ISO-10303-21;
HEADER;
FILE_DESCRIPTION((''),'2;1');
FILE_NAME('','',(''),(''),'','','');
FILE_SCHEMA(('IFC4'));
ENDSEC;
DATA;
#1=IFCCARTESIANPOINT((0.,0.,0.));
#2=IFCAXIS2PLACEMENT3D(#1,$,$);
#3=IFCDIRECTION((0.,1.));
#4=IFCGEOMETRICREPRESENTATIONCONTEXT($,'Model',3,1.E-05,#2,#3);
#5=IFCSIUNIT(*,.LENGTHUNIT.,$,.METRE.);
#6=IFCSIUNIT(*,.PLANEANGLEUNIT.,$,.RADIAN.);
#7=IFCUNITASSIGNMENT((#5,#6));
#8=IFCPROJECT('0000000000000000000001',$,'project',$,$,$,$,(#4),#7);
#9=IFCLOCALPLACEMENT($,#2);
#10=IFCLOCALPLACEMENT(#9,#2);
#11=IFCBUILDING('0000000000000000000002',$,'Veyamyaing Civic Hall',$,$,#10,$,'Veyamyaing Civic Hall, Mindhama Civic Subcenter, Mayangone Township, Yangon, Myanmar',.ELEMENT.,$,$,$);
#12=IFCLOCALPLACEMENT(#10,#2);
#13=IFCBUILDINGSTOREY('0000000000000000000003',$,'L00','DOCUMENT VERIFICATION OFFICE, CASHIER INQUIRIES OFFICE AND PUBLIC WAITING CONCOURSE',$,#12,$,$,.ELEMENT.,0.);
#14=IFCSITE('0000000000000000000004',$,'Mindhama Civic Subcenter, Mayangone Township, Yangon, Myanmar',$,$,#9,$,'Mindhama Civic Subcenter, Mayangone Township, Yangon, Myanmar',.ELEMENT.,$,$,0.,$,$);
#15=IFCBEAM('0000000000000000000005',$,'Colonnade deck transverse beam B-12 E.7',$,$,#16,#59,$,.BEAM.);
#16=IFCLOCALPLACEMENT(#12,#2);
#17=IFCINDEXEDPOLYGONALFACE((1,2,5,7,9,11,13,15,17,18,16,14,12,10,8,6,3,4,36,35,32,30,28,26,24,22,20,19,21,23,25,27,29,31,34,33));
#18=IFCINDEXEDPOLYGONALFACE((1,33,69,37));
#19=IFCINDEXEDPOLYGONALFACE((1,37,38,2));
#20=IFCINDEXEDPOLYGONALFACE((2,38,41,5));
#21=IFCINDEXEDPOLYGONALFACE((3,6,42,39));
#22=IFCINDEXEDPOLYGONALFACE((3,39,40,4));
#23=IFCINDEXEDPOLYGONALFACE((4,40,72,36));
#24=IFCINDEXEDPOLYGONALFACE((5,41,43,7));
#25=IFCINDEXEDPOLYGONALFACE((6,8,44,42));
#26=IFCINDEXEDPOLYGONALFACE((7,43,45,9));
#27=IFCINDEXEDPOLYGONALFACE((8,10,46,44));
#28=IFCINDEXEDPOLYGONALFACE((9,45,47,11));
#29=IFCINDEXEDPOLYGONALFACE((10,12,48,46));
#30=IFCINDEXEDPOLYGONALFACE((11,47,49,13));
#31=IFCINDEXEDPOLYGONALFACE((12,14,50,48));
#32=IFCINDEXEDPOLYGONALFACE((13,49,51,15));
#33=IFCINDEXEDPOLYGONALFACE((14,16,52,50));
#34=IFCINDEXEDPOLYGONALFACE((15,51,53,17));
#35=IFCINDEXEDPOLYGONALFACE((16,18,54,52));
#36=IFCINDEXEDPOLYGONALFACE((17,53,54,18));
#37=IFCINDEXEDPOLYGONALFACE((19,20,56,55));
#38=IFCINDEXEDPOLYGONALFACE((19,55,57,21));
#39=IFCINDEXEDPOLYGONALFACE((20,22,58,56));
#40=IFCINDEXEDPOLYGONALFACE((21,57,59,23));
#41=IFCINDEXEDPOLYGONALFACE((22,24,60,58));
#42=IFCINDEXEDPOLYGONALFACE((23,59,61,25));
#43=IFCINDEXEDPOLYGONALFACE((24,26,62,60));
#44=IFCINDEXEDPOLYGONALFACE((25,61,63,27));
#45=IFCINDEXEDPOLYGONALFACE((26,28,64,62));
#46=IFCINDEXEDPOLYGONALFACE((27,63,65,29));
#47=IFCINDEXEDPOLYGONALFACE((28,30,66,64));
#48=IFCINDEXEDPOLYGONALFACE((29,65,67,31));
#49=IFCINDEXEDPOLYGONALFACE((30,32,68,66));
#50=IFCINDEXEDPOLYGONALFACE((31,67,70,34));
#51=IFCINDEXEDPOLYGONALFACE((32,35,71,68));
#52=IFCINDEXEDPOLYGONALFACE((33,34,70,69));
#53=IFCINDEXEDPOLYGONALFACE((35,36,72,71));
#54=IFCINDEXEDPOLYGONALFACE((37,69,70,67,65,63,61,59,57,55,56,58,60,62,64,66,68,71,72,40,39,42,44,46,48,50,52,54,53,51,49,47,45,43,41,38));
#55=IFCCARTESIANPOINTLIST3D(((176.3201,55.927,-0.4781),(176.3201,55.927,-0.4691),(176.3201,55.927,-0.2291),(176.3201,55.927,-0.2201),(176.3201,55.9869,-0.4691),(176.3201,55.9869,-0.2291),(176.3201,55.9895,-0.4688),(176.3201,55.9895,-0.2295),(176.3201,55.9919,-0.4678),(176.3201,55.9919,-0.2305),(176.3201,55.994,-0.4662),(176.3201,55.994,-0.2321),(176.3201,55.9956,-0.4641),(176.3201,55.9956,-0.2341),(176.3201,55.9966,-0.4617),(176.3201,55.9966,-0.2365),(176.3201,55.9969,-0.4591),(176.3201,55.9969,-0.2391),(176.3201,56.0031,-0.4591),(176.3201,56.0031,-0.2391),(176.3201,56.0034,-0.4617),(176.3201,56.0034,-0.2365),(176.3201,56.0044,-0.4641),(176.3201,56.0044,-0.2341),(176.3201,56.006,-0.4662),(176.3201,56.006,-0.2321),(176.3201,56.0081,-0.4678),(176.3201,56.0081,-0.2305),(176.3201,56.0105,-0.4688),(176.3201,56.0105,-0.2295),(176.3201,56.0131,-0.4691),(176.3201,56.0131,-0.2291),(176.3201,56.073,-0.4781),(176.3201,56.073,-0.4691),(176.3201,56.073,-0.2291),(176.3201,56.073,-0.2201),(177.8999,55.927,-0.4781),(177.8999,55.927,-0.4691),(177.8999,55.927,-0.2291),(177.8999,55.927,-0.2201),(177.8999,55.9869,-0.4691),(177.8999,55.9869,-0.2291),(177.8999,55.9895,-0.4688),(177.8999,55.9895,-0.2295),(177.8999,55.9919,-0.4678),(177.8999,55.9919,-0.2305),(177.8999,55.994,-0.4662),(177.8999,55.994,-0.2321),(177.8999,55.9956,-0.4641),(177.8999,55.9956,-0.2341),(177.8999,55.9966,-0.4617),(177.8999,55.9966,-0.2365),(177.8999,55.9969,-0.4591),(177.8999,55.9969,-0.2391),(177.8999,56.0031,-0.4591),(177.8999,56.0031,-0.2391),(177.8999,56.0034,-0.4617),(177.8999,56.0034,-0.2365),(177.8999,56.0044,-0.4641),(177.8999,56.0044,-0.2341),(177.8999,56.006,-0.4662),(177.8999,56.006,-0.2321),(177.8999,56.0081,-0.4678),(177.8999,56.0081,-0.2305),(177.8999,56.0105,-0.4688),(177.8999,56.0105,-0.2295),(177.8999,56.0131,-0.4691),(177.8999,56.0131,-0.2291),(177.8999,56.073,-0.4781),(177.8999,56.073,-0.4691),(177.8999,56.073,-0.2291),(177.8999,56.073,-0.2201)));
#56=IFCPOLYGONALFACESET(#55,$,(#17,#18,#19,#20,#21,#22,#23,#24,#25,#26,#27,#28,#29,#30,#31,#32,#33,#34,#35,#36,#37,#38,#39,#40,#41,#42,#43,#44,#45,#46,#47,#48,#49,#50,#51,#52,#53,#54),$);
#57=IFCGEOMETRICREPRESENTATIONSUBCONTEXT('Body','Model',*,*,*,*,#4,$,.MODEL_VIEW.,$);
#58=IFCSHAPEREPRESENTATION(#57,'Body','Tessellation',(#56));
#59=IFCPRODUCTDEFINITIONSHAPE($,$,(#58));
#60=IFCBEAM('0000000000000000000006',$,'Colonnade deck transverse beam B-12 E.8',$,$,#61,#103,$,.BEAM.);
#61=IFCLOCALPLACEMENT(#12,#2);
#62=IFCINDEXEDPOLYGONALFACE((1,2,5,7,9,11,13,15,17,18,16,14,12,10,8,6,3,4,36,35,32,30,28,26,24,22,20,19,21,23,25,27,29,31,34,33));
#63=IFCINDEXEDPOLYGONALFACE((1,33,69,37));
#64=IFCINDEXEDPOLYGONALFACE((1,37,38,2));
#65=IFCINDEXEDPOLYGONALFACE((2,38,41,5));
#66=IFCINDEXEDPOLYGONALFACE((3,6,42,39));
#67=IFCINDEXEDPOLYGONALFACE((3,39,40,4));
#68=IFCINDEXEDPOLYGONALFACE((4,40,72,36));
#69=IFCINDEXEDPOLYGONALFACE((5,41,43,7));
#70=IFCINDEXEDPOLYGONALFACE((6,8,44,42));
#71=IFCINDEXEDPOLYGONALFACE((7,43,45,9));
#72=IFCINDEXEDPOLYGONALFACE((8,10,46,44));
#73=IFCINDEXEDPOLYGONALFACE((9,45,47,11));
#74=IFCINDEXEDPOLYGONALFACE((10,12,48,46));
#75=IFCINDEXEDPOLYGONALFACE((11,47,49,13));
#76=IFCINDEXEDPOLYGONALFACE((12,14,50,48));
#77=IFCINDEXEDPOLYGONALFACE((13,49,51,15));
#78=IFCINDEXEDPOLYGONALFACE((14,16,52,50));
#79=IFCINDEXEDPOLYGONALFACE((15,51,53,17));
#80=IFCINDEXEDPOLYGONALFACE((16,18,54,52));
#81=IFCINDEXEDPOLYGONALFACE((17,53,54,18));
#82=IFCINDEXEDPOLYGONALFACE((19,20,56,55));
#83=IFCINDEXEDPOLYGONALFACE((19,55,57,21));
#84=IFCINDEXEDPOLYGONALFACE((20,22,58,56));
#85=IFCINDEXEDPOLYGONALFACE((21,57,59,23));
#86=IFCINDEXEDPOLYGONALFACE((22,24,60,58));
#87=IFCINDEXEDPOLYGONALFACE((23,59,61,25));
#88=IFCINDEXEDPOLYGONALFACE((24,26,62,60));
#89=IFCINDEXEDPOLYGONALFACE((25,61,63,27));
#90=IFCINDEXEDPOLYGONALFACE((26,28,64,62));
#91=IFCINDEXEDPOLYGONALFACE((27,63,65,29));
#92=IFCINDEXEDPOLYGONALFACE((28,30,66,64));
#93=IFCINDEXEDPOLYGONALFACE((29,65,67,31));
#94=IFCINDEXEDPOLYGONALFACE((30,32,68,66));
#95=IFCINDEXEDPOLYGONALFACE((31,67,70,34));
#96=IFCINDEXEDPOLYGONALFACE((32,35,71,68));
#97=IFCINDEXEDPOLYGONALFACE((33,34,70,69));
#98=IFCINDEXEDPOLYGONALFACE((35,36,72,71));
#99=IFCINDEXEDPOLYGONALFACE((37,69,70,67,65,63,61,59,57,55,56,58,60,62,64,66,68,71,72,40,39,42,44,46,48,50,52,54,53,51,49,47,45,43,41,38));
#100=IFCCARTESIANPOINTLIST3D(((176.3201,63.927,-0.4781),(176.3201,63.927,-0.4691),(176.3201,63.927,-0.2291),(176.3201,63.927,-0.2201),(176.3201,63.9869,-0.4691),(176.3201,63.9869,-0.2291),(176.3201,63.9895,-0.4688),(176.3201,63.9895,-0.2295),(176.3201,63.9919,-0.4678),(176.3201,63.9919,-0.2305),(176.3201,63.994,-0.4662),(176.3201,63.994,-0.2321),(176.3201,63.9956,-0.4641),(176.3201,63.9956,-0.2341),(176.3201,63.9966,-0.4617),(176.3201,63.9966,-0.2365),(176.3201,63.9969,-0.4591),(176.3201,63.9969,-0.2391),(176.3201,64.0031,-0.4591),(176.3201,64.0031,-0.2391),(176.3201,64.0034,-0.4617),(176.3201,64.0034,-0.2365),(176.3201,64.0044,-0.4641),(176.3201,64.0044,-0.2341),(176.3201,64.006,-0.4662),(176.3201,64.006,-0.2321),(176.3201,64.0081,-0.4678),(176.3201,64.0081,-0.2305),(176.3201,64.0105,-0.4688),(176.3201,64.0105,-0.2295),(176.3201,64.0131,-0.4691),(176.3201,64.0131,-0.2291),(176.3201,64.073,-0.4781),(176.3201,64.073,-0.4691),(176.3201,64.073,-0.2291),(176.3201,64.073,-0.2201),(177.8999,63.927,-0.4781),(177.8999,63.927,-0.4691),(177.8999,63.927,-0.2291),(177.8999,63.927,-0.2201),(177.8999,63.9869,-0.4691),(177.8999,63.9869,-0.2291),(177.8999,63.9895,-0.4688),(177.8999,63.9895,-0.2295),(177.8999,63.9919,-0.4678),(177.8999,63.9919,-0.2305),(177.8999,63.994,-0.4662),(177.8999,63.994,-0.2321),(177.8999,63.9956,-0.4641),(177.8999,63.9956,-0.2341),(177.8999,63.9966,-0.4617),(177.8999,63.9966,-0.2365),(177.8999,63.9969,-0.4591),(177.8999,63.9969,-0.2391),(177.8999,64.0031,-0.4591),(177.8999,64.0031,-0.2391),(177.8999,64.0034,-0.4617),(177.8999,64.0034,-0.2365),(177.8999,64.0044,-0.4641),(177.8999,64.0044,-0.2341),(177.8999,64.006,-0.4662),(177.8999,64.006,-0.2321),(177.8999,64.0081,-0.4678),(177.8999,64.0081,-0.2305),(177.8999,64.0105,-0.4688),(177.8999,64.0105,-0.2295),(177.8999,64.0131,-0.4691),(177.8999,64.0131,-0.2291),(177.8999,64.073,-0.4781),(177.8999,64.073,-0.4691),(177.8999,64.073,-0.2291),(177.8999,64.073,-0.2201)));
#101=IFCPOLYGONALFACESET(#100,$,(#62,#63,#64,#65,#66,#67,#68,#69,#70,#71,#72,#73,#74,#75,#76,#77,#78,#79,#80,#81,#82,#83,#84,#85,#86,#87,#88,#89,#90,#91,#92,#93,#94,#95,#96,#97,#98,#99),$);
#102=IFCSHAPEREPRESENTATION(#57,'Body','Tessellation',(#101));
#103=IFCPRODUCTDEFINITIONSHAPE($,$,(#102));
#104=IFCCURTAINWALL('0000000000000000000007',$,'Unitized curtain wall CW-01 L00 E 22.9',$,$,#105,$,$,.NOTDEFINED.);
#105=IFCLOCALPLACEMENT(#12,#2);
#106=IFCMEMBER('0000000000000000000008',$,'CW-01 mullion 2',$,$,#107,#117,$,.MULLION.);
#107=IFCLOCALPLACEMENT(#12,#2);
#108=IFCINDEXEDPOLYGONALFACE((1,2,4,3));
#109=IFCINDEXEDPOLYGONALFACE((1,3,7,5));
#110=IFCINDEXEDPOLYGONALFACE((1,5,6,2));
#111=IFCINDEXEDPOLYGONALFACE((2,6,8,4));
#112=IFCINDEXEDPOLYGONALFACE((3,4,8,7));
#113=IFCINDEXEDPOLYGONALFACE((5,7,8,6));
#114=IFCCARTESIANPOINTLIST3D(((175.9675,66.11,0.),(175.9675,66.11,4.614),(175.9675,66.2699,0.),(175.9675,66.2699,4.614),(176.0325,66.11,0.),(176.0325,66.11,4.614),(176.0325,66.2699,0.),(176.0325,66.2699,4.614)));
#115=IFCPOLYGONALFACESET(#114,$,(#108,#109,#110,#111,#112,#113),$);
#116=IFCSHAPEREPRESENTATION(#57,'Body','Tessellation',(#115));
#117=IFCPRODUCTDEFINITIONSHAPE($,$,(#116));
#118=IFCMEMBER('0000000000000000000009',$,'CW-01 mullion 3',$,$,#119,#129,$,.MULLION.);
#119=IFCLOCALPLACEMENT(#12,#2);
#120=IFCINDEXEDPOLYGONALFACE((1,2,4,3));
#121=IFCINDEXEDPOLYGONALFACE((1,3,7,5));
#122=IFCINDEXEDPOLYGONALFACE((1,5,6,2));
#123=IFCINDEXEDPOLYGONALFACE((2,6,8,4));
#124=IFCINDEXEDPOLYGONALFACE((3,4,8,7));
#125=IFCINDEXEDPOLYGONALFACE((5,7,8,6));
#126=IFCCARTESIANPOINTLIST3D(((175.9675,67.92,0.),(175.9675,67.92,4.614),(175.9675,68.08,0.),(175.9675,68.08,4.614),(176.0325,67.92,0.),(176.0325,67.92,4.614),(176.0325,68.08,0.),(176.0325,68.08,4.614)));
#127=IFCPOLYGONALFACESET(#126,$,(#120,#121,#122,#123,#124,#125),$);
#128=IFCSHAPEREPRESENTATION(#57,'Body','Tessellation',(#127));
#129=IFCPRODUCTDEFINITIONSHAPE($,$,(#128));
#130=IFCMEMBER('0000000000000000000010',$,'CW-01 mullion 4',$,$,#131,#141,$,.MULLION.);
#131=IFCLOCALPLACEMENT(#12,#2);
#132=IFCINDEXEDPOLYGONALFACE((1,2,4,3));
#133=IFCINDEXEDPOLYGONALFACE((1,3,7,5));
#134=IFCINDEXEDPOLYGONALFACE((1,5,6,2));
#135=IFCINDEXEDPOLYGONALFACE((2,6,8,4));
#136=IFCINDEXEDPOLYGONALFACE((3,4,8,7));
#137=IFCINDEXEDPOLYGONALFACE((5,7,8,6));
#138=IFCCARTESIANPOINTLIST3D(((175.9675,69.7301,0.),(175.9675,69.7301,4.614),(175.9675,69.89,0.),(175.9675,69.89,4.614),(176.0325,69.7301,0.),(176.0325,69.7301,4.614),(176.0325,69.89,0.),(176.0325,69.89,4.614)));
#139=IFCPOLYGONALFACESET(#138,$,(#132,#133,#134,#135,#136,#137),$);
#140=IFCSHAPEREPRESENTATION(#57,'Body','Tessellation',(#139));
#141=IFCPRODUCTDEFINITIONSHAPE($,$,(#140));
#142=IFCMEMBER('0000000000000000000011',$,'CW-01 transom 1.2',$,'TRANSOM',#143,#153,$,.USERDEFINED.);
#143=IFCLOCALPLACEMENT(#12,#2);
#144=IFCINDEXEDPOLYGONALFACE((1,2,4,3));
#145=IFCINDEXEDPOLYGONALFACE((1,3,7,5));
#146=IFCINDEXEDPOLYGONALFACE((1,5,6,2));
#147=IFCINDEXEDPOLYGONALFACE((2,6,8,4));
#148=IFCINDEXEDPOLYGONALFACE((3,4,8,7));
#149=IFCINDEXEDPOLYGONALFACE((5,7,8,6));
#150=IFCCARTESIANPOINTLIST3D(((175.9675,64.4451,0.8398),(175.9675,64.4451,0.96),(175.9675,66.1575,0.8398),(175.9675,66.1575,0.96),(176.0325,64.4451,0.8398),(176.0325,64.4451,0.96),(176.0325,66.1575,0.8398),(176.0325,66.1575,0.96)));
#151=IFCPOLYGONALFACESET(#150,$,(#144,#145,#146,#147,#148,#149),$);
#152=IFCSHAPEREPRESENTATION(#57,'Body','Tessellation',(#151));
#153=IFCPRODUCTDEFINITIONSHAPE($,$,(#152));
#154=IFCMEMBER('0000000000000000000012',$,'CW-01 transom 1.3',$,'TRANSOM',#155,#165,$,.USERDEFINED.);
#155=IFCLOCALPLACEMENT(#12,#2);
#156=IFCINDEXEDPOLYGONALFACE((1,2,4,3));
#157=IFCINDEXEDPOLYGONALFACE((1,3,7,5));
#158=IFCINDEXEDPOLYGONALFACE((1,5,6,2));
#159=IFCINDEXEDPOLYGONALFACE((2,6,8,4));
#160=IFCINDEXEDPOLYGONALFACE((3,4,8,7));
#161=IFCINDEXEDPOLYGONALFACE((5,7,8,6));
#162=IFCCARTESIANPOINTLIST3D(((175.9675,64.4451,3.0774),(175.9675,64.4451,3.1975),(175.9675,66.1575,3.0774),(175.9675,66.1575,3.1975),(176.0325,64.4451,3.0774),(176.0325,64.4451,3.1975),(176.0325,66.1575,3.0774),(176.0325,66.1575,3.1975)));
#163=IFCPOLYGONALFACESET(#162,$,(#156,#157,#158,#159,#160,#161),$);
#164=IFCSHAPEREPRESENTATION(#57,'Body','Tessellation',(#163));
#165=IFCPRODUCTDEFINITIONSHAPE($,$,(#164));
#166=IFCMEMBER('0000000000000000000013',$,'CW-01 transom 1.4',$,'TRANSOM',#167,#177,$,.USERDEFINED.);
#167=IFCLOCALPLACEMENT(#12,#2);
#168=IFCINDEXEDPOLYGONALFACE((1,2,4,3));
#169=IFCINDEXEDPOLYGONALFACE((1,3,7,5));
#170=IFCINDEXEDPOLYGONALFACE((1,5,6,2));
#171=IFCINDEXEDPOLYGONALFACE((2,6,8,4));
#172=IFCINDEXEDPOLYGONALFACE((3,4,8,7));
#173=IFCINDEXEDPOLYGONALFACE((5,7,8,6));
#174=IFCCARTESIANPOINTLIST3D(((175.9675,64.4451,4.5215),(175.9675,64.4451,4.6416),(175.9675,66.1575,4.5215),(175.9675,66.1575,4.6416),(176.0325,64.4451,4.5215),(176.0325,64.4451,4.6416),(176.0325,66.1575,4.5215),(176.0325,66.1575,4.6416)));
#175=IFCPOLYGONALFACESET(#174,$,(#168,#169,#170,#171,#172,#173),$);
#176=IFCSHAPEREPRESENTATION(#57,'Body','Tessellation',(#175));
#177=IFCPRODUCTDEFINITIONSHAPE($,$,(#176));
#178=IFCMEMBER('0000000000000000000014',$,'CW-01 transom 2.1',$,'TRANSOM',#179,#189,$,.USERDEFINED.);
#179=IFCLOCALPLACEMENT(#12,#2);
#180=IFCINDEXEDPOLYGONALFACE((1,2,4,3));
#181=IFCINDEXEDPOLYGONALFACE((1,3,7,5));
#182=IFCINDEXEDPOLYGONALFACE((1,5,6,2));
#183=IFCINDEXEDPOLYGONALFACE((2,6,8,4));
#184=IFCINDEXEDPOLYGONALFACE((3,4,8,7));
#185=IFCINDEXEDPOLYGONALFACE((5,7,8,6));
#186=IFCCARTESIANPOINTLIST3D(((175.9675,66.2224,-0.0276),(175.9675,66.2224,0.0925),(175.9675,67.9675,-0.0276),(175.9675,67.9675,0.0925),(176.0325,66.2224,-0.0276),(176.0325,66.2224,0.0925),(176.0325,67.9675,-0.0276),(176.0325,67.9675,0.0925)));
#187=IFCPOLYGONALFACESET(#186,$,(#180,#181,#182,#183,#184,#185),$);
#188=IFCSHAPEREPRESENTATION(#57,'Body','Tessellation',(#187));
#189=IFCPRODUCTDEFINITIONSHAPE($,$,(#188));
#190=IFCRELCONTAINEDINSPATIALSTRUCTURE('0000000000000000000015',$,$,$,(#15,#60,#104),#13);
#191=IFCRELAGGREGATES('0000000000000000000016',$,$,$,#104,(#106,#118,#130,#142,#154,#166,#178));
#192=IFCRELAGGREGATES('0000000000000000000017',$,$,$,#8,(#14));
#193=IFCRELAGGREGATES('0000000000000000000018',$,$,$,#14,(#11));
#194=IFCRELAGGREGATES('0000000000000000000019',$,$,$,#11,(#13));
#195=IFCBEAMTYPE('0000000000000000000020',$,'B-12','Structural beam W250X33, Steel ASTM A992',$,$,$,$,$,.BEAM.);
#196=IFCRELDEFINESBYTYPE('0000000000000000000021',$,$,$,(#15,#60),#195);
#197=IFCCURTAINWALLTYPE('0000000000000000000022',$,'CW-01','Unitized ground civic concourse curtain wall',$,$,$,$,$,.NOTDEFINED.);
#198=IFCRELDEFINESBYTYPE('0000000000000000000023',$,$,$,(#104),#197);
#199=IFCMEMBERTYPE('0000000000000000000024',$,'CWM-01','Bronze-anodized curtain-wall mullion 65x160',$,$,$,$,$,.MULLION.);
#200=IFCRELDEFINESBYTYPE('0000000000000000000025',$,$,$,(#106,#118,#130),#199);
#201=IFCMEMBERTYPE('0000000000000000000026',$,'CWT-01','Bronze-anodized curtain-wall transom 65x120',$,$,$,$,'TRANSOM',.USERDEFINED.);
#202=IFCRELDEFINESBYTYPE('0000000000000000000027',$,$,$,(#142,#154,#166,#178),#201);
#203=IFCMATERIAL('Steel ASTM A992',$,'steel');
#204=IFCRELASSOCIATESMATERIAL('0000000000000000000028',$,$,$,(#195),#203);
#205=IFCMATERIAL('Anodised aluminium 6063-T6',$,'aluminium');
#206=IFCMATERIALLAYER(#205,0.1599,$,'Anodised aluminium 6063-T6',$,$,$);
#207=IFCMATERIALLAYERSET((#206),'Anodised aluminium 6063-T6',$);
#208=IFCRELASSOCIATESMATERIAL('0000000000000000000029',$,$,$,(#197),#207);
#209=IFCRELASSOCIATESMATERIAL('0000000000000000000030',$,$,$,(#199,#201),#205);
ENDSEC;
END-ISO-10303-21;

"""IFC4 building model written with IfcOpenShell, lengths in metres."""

from ifc_helpers import new_model, si_unit, direction, frame, origin, origin_2d, place, context, subcontext, project, spatial, rectangle, i_section, extrude, material, layer, layer_set, material_profile, profile_set, type_object, element, aggregate, save


model = new_model("IFC4")

# Units and contexts
model_context = context("Model", 3, precision=1e-05, world=origin(), true_north=direction((0.0, 1.0)))
body_context = subcontext(model_context, "Body", "Model", "MODEL_VIEW")
ifc_project = project(units=[si_unit("LENGTHUNIT", "METRE"), si_unit("PLANEANGLEUNIT", "RADIAN")], contexts=[model_context])

# Site, building, storey
site_placement = place(None, origin())
site = spatial("IfcSite", under=ifc_project, at=site_placement, Name="Mindhama Civic Subcenter, Mayangone Township, Yangon, Myanmar", LongName="Mindhama Civic Subcenter, Mayangone Township, Yangon, Myanmar", CompositionType="ELEMENT", RefElevation=0.0)
building_placement = place(site_placement, origin())
building = spatial("IfcBuilding", under=site, at=building_placement, Name="Veyamyaing Civic Hall", LongName="Veyamyaing Civic Hall, Mindhama Civic Subcenter, Mayangone Township, Yangon, Myanmar", CompositionType="ELEMENT")
storey_placement = place(building_placement, origin())
storey = spatial("IfcBuildingStorey", under=building, at=storey_placement, Name="L00", Description="DOCUMENT VERIFICATION OFFICE, CASHIER INQUIRIES OFFICE AND PUBLIC WAITING CONCOURSE", CompositionType="ELEMENT", Elevation=0.0)

# Beams
ifc_material_1 = material(Name="Steel ASTM A992", Category="steel")
ifc_material_profile_1 = material_profile(ifc_material_1, i_section(OverallWidth=0.146, OverallDepth=0.2581, WebThickness=0.0061, FlangeThickness=0.009, FilletRadius=0.01, at=origin_2d()), Name="W250X33")
ifc_profile_set_1 = profile_set([ifc_material_profile_1], Name="Steel ASTM A992")
beam_type = type_object("IfcBeamType", Name="B-12", Description="Structural beam W250X33, Steel ASTM A992", PredefinedType="BEAM", material=ifc_profile_set_1)
for number, where, z_axis, x_axis, name in (
    (1, (176.3201, 56.0, -0.3491), (1.0, 0.0, 0.0), (0.0, 1.0, 0.0), "Colonnade deck transverse beam B-12 E.7"),
    (2, (176.3201, 64.0, -0.3491), (1.0, 0.0, 0.0), (0.0, 1.0, 0.0), "Colonnade deck transverse beam B-12 E.8"),
):
    element("IfcBeam", number, at=place(storey_placement, frame(where, z_axis=z_axis, x_axis=x_axis)), inside=storey, type_object=beam_type, Name=name, PredefinedType="BEAM", context=body_context, shape_type="SweptSolid", body=[
        extrude(i_section(OverallWidth=0.146, OverallDepth=0.2581, WebThickness=0.0061, FlangeThickness=0.009, FilletRadius=0.01, at=origin_2d()), origin(), (0.0, 0.0, 1.0), 1.5798),
    ])

# Curtain wall, members
ifc_material_2 = material(Name="Anodised aluminium 6063-T6", Category="aluminium")
ifc_layer_1 = layer(ifc_material_2, 0.1599, Name="Anodised aluminium 6063-T6")
ifc_layer_set_1 = layer_set([ifc_layer_1], Name="Anodised aluminium 6063-T6")
curtain_wall_type = type_object("IfcCurtainWallType", Name="CW-01", Description="Unitized ground civic concourse curtain wall", PredefinedType="NOTDEFINED", material=ifc_layer_set_1)
curtain_wall_placement = place(storey_placement, origin())
curtain_wall = element("IfcCurtainWall", 3, at=curtain_wall_placement, inside=storey, type_object=curtain_wall_type, Name="Unitized curtain wall CW-01 L00 E 22.9", PredefinedType="NOTDEFINED")
ifc_material_profile_2 = material_profile(ifc_material_2, rectangle(XDim=0.0649, YDim=0.1599, at=origin_2d()), Name="ALU-MUL-65X160")
ifc_profile_set_2 = profile_set([ifc_material_profile_2], Name="Anodised aluminium 6063-T6")
member_type_1 = type_object("IfcMemberType", Name="CWM-01", Description="Bronze-anodized curtain-wall mullion 65x160", PredefinedType="MULLION", material=ifc_profile_set_2)
member_1_placement = place(storey_placement, frame((176.0, 66.1899, 0.0), z_axis=(0.0, 0.0, 1.0), x_axis=(-1.0, 0.0, 0.0)))
member_1 = element("IfcMember", 4, at=member_1_placement, type_object=member_type_1, Name="CW-01 mullion 2", PredefinedType="MULLION", context=body_context, shape_type="SweptSolid", body=[
    extrude(rectangle(XDim=0.0649, YDim=0.1599, at=origin_2d()), origin(), (0.0, 0.0, 1.0), 4.614),
])
member_2_placement = place(storey_placement, frame((176.0, 68.0, 0.0), z_axis=(0.0, 0.0, 1.0), x_axis=(-1.0, 0.0, 0.0)))
member_2 = element("IfcMember", 5, at=member_2_placement, type_object=member_type_1, Name="CW-01 mullion 3", PredefinedType="MULLION", context=body_context, shape_type="SweptSolid", body=[
    extrude(rectangle(XDim=0.0649, YDim=0.1599, at=origin_2d()), origin(), (0.0, 0.0, 1.0), 4.614),
])
member_3_placement = place(storey_placement, frame((176.0, 69.8101, 0.0), z_axis=(0.0, 0.0, 1.0), x_axis=(-1.0, 0.0, 0.0)))
member_3 = element("IfcMember", 6, at=member_3_placement, type_object=member_type_1, Name="CW-01 mullion 4", PredefinedType="MULLION", context=body_context, shape_type="SweptSolid", body=[
    extrude(rectangle(XDim=0.0649, YDim=0.1599, at=origin_2d()), origin(), (0.0, 0.0, 1.0), 4.614),
])
ifc_material_profile_3 = material_profile(ifc_material_2, rectangle(XDim=0.0649, YDim=0.1201, at=origin_2d()), Name="ALU-TRN-65X120")
ifc_profile_set_3 = profile_set([ifc_material_profile_3], Name="Anodised aluminium 6063-T6")
member_type_2 = type_object("IfcMemberType", Name="CWT-01", Description="Bronze-anodized curtain-wall transom 65x120", ElementType="TRANSOM", PredefinedType="USERDEFINED", material=ifc_profile_set_3)
member_4_placement = place(storey_placement, frame((176.0, 64.4451, 0.8999), z_axis=(0.0, 1.0, 0.0), x_axis=(-1.0, 0.0, 0.0)))
member_4 = element("IfcMember", 7, at=member_4_placement, type_object=member_type_2, Name="CW-01 transom 1.2", ObjectType="TRANSOM", PredefinedType="USERDEFINED", context=body_context, shape_type="SweptSolid", body=[
    extrude(rectangle(XDim=0.0649, YDim=0.1201, at=origin_2d()), origin(), (0.0, 0.0, 1.0), 1.7124),
])
member_5_placement = place(storey_placement, frame((176.0, 64.4451, 3.1375), z_axis=(0.0, 1.0, 0.0), x_axis=(-1.0, 0.0, 0.0)))
member_5 = element("IfcMember", 8, at=member_5_placement, type_object=member_type_2, Name="CW-01 transom 1.3", ObjectType="TRANSOM", PredefinedType="USERDEFINED", context=body_context, shape_type="SweptSolid", body=[
    extrude(rectangle(XDim=0.0649, YDim=0.1201, at=origin_2d()), origin(), (0.0, 0.0, 1.0), 1.7124),
])
member_6_placement = place(storey_placement, frame((176.0, 64.4451, 4.5815), z_axis=(0.0, 1.0, 0.0), x_axis=(-1.0, 0.0, 0.0)))
member_6 = element("IfcMember", 9, at=member_6_placement, type_object=member_type_2, Name="CW-01 transom 1.4", ObjectType="TRANSOM", PredefinedType="USERDEFINED", context=body_context, shape_type="SweptSolid", body=[
    extrude(rectangle(XDim=0.0649, YDim=0.1201, at=origin_2d()), origin(), (0.0, 0.0, 1.0), 1.7124),
])
member_7_placement = place(storey_placement, frame((176.0, 66.2224, 0.0325), z_axis=(0.0, 1.0, 0.0), x_axis=(-1.0, 0.0, 0.0)))
member_7 = element("IfcMember", 10, at=member_7_placement, type_object=member_type_2, Name="CW-01 transom 2.1", ObjectType="TRANSOM", PredefinedType="USERDEFINED", context=body_context, shape_type="SweptSolid", body=[
    extrude(rectangle(XDim=0.0649, YDim=0.1201, at=origin_2d()), origin(), (0.0, 0.0, 1.0), 1.7451),
])
aggregate(curtain_wall, [member_1, member_2, member_3, member_4, member_5, member_6, member_7])

save(model, "model.ifc")
